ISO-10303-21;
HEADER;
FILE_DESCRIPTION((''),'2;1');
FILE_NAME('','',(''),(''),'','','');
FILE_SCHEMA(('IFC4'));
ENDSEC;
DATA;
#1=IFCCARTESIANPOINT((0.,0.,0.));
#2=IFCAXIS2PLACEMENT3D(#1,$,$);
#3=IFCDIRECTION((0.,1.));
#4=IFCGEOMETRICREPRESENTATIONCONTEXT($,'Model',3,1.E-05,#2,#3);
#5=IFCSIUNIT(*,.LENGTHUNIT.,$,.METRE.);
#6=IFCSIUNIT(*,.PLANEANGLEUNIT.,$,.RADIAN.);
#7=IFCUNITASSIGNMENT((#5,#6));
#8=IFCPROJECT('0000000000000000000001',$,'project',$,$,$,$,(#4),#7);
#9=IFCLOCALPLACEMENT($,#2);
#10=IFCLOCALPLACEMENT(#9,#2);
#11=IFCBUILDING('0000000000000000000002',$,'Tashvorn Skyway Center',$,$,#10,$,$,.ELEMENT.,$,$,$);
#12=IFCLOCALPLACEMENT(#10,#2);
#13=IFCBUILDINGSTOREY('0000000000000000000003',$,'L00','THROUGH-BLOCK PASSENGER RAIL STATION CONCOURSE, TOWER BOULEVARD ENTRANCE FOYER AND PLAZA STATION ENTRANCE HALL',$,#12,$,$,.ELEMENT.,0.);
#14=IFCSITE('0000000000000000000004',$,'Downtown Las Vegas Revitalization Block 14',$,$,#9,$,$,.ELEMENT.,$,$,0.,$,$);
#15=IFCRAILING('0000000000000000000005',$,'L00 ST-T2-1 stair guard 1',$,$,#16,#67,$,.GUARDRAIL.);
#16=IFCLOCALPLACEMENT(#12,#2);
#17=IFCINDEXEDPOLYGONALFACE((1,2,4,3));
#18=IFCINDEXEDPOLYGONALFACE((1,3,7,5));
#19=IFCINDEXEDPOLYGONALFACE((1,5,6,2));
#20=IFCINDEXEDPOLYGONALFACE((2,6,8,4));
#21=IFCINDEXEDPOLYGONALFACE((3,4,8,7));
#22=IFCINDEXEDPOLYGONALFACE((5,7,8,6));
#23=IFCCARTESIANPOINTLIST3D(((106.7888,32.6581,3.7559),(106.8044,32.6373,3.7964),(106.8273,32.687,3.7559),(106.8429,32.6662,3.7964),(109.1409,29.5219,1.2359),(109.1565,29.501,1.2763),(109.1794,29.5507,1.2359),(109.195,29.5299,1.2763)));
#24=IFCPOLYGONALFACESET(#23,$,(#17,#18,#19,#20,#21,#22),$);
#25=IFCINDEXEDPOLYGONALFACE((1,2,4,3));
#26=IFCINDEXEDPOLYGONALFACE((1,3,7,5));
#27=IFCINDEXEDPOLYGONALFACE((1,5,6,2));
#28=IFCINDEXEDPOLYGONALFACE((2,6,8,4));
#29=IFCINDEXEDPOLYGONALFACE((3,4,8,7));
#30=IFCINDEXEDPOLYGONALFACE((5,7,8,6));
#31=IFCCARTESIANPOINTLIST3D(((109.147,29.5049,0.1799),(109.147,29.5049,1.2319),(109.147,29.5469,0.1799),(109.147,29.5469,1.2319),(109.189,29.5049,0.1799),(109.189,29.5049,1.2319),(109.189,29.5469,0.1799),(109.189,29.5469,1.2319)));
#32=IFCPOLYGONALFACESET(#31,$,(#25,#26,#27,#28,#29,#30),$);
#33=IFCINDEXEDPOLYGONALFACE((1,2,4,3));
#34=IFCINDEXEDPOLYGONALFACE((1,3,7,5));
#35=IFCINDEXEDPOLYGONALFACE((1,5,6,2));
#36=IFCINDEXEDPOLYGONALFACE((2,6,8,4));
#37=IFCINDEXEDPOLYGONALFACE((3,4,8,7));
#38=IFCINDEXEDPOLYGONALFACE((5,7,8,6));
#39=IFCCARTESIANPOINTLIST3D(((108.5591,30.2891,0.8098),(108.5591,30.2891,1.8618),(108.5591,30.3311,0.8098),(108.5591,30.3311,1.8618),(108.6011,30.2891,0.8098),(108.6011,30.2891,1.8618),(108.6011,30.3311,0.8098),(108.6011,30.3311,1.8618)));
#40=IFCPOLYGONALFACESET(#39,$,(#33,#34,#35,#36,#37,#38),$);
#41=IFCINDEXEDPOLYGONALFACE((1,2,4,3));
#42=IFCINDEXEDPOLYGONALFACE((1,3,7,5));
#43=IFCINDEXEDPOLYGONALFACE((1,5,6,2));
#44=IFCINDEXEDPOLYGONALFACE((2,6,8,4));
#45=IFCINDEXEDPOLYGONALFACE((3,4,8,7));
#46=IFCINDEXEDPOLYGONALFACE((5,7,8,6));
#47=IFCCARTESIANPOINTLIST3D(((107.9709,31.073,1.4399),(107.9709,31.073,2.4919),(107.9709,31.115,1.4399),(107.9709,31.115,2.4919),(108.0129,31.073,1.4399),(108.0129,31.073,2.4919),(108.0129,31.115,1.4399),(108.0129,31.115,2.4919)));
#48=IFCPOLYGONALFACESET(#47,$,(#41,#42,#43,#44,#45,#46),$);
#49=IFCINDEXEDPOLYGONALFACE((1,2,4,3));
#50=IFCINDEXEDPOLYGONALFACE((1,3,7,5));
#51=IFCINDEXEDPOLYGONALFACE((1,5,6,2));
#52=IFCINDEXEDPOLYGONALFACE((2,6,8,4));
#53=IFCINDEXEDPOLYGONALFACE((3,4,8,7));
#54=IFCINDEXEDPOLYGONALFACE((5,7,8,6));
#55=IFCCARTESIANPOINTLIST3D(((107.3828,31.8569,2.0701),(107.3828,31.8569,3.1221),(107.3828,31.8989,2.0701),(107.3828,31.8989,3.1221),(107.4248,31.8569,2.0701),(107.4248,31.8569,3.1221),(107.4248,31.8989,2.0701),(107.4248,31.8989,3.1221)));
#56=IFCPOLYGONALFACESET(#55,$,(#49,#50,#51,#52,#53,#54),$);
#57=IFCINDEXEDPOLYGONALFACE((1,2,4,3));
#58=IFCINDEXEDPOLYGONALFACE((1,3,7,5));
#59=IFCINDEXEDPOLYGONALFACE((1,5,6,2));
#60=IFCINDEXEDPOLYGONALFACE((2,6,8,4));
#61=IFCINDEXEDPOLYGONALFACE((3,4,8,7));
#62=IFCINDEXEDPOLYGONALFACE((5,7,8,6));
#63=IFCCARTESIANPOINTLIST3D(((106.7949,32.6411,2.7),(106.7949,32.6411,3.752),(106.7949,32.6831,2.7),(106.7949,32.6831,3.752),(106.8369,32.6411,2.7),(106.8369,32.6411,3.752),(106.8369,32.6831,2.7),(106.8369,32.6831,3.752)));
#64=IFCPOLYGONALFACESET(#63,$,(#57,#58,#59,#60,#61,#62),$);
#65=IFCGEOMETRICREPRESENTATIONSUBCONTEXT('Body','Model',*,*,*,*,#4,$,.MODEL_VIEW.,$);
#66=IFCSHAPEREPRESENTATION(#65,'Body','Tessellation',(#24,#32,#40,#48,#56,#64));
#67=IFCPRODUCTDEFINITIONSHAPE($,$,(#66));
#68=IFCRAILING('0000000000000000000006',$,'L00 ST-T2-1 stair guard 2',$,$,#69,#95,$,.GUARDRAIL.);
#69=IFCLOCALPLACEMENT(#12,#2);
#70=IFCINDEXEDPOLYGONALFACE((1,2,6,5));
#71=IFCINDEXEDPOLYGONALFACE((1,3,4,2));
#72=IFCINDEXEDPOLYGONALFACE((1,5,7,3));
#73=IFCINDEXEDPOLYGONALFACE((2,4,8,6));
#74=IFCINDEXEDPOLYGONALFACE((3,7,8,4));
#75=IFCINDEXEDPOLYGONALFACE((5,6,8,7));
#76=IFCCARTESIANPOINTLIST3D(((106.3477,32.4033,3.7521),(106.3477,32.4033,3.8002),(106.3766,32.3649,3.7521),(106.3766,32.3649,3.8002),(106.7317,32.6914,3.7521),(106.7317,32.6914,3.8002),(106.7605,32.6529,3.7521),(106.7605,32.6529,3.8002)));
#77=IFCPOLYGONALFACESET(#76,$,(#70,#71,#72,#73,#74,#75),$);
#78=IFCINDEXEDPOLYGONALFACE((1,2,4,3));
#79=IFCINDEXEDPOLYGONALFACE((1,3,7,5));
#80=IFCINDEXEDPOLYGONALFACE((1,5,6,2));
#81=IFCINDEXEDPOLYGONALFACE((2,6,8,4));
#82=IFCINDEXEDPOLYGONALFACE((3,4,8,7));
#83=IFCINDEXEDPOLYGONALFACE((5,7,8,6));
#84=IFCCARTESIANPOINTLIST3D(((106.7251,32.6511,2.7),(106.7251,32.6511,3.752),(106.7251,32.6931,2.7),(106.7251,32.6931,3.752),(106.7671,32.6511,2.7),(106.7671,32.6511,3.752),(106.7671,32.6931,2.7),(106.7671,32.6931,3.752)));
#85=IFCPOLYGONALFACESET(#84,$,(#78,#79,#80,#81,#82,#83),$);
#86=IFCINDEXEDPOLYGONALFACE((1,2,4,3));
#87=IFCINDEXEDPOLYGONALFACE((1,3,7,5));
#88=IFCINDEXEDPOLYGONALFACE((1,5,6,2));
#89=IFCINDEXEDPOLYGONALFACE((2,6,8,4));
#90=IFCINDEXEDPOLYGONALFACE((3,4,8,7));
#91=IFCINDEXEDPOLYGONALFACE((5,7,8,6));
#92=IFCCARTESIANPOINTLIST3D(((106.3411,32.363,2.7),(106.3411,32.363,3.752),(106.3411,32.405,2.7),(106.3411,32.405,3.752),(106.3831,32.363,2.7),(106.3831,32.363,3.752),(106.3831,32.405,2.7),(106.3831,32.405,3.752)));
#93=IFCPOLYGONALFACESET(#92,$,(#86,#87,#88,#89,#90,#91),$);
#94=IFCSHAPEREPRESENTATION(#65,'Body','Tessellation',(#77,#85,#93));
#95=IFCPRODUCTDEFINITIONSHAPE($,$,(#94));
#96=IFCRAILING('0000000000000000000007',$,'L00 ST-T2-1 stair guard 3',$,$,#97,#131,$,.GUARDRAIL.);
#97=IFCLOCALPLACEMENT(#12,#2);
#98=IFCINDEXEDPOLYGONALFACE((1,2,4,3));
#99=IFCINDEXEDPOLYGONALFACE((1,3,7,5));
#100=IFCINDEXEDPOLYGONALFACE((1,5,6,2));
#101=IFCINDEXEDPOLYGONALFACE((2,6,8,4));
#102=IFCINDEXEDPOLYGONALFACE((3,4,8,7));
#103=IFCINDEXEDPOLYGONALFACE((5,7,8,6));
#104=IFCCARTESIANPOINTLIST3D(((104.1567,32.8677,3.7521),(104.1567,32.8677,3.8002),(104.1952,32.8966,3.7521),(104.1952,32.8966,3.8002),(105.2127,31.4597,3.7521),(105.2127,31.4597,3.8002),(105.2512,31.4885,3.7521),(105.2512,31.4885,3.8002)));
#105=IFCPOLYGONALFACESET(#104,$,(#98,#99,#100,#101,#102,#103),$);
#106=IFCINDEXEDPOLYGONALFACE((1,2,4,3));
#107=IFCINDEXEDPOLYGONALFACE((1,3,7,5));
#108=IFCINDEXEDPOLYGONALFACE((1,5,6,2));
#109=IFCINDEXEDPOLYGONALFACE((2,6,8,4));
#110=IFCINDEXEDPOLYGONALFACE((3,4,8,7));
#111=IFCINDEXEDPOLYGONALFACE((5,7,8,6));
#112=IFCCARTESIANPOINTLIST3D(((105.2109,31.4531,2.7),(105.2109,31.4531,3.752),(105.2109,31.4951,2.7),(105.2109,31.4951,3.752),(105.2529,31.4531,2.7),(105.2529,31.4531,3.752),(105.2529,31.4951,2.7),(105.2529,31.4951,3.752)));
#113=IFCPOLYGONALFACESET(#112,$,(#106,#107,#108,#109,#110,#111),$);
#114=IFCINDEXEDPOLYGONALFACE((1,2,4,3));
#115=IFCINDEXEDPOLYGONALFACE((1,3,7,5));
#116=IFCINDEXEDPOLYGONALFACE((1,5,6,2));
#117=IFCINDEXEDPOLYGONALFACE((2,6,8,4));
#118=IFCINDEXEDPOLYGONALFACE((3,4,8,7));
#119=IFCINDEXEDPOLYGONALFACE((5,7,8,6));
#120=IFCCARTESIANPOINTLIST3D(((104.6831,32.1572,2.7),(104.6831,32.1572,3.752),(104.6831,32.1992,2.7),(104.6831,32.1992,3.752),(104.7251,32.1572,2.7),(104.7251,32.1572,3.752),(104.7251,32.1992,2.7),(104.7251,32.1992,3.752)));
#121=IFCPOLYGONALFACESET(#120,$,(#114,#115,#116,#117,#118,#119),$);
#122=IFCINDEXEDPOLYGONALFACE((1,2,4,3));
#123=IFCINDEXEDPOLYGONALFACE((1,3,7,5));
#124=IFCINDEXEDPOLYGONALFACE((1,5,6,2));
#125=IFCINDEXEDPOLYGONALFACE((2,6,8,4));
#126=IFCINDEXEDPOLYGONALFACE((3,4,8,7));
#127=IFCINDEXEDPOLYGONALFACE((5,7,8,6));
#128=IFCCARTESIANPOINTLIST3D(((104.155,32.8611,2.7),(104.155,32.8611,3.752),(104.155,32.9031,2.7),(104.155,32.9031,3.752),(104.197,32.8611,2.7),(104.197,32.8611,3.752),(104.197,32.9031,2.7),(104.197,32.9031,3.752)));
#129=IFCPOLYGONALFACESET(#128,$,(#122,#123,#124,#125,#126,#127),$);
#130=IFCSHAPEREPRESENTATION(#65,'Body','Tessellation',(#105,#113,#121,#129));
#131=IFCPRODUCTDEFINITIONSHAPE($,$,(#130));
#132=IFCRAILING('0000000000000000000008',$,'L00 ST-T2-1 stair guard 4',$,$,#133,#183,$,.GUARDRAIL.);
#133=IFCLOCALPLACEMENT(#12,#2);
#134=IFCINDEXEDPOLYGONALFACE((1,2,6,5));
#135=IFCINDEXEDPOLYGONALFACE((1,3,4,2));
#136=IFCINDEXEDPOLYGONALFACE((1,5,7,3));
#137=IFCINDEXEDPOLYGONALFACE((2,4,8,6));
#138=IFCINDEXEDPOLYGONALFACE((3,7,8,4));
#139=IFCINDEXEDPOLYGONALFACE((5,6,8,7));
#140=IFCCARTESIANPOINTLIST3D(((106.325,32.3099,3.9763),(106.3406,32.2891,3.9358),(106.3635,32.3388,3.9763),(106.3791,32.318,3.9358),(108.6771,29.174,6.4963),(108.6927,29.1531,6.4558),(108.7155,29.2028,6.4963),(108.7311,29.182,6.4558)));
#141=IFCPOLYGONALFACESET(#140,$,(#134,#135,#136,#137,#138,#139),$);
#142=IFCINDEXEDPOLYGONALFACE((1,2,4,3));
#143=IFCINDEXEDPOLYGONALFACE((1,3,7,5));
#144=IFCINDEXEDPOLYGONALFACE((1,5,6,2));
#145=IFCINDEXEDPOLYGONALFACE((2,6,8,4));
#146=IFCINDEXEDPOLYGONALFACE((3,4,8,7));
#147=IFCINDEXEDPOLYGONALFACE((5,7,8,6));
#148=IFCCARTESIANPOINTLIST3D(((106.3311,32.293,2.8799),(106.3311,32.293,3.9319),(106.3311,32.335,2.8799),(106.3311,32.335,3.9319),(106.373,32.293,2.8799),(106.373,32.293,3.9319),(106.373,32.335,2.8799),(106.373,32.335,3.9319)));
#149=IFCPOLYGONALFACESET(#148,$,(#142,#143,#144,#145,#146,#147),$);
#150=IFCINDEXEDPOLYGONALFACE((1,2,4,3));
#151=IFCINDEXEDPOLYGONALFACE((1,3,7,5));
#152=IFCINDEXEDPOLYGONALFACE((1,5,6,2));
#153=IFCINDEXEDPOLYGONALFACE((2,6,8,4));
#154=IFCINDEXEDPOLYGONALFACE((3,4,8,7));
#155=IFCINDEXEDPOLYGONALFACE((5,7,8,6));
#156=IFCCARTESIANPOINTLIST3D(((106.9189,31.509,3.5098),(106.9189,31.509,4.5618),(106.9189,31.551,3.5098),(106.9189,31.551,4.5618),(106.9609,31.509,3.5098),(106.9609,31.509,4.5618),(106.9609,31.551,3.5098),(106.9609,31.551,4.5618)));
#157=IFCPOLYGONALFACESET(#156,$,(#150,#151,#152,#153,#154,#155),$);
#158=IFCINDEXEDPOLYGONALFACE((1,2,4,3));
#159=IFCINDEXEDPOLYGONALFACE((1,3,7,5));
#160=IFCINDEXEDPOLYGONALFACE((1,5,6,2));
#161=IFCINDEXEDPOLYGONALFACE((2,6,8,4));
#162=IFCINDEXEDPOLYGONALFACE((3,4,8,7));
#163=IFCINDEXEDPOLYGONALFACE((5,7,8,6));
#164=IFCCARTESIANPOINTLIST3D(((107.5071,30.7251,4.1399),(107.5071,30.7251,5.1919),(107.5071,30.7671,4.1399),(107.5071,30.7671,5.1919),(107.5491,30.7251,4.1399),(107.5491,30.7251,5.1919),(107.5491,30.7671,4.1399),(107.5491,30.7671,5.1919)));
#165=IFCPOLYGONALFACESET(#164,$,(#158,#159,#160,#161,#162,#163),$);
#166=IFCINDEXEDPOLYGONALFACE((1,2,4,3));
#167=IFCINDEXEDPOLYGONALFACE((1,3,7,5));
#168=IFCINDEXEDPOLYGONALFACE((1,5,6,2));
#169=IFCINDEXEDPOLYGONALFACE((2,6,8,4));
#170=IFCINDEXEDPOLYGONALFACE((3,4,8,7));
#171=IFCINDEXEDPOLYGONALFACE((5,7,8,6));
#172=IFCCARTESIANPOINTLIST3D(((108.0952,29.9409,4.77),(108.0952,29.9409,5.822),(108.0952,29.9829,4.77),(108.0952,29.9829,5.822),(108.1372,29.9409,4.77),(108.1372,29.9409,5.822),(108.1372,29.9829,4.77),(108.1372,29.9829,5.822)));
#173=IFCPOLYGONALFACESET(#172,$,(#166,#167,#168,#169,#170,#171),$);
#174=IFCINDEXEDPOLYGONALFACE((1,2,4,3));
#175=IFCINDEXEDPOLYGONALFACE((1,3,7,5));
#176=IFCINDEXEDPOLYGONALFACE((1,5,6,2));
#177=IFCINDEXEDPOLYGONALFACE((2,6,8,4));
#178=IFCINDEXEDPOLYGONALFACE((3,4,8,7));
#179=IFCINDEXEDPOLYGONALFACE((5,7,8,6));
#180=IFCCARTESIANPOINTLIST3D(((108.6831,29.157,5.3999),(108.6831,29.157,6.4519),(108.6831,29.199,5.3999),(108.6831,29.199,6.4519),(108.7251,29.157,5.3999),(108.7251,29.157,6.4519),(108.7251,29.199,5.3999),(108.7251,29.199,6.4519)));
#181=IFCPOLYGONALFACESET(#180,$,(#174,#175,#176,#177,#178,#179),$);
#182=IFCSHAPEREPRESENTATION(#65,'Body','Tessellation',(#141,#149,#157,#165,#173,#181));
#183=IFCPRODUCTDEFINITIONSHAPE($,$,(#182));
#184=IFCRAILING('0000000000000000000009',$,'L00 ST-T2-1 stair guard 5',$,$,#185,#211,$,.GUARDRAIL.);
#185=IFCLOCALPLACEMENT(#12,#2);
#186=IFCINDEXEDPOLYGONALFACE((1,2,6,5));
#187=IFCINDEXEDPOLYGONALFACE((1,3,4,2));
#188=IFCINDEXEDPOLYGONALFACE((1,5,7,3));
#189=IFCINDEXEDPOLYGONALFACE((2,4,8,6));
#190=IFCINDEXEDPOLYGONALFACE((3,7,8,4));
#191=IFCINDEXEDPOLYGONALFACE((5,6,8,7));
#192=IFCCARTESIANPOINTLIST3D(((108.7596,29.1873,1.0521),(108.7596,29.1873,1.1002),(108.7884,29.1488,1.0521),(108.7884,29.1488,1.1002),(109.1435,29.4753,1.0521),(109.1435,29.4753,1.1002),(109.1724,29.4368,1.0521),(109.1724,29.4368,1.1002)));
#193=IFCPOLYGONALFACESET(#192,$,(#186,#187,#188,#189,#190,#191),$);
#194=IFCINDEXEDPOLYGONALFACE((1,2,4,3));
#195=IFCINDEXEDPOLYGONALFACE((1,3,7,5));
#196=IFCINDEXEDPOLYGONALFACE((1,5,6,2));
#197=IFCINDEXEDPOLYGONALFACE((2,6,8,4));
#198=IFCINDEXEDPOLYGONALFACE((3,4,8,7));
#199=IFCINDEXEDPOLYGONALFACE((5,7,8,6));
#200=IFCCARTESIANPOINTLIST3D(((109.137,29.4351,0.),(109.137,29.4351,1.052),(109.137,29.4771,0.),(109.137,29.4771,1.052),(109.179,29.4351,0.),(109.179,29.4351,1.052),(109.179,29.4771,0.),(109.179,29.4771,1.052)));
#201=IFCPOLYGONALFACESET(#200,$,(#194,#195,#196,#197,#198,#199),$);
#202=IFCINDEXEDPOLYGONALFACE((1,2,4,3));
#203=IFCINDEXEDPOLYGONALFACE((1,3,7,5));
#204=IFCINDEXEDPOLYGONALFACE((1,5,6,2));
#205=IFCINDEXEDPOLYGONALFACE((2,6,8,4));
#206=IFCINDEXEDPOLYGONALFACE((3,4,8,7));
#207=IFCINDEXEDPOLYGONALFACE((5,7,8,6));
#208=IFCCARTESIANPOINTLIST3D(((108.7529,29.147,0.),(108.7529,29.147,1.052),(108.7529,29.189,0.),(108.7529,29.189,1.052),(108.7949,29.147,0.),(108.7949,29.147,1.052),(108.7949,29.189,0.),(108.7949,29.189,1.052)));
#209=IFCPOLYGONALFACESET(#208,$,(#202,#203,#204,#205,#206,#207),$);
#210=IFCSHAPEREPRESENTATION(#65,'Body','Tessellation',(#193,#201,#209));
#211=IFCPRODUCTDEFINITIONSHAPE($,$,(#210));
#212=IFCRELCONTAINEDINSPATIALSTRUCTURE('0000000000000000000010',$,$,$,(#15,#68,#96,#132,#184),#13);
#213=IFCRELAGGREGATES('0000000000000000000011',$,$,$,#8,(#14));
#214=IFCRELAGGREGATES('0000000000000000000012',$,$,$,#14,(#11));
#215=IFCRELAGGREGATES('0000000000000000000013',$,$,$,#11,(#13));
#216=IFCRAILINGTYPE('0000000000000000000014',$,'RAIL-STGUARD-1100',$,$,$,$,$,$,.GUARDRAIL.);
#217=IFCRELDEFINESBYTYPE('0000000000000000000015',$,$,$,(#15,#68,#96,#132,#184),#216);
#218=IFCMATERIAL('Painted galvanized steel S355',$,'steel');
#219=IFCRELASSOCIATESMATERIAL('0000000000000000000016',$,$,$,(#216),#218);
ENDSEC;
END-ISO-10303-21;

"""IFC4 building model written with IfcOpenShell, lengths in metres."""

from ifc_helpers import new_model, si_unit, direction, frame, origin, origin_2d, place, context, subcontext, project, spatial, rectangle, extrude, material, type_object, element, save


model = new_model("IFC4")

# Units and contexts
model_context = context("Model", 3, precision=1e-05, world=origin(), true_north=direction((0.0, 1.0)))
body_context = subcontext(model_context, "Body", "Model", "MODEL_VIEW")
ifc_project = project(units=[si_unit("LENGTHUNIT", "METRE"), si_unit("PLANEANGLEUNIT", "RADIAN")], contexts=[model_context])

# Site, building, storey
site_placement = place(None, origin())
site = spatial("IfcSite", under=ifc_project, at=site_placement, Name="Downtown Las Vegas Revitalization Block 14", CompositionType="ELEMENT", RefElevation=0.0)
building_placement = place(site_placement, origin())
building = spatial("IfcBuilding", under=site, at=building_placement, Name="Tashvorn Skyway Center", CompositionType="ELEMENT")
storey_placement = place(building_placement, origin())
storey = spatial("IfcBuildingStorey", under=building, at=storey_placement, Name="L00", Description="THROUGH-BLOCK PASSENGER RAIL STATION CONCOURSE, TOWER BOULEVARD ENTRANCE FOYER AND PLAZA STATION ENTRANCE HALL", CompositionType="ELEMENT", Elevation=0.0)

# Railings
ifc_material_1 = material(Name="Painted galvanized steel S355", Category="steel")
railing_type_1 = type_object("IfcRailingType", Name="RAIL-STGUARD-1100", PredefinedType="GUARDRAIL", material=ifc_material_1)
railing_1_placement = place(storey_placement, frame((109.168, 29.5259, 0.1799)))
element("IfcRailing", 1, at=railing_1_placement, inside=storey, type_object=railing_type_1, Name="L00 ST-T2-1 stair guard 1", PredefinedType="GUARDRAIL", context=body_context, shape_type="SweptSolid", body=[
    extrude(rectangle(XDim=0.0481, YDim=0.0481, at=origin_2d()), frame((0.0, 0.0, 1.0762), z_axis=(-0.504697, 0.672965, 0.54074), x_axis=(-0.800015, -0.59998, 0.0)), (0.0, 0.0, 1.0), 4.6604),
    extrude(rectangle(XDim=0.042, YDim=0.042, at=origin_2d()), origin(), (0.0, 0.0, 1.0), 1.052),
    extrude(rectangle(XDim=0.042, YDim=0.042, at=origin_2d()), frame((-0.5879, 0.7842, 0.6299)), (0.0, 0.0, 1.0), 1.052),
    extrude(rectangle(XDim=0.042, YDim=0.042, at=origin_2d()), frame((-1.176, 1.5681, 1.26)), (0.0, 0.0, 1.0), 1.052),
    extrude(rectangle(XDim=0.042, YDim=0.042, at=origin_2d()), frame((-1.7642, 2.3521, 1.8901)), (0.0, 0.0, 1.0), 1.052),
    extrude(rectangle(XDim=0.042, YDim=0.042, at=origin_2d()), frame((-2.3521, 3.1362, 2.52)), (0.0, 0.0, 1.0), 1.052),
])
railing_2_placement = place(storey_placement, frame((106.7461, 32.6721, 2.7)))
element("IfcRailing", 2, at=railing_2_placement, inside=storey, type_object=railing_type_1, Name="L00 ST-T2-1 stair guard 2", PredefinedType="GUARDRAIL", context=body_context, shape_type="SweptSolid", body=[
    extrude(rectangle(XDim=0.0481, YDim=0.0481, at=origin_2d()), frame((0.0, 0.0, 1.0762), z_axis=(-0.799939, -0.600081, 0.0), x_axis=(0.600081, -0.799939, 0.0)), (0.0, 0.0, 1.0), 0.48),
    extrude(rectangle(XDim=0.042, YDim=0.042, at=origin_2d()), origin(), (0.0, 0.0, 1.0), 1.052),
    extrude(rectangle(XDim=0.042, YDim=0.042, at=origin_2d()), frame((-0.384, -0.2881, 0.0)), (0.0, 0.0, 1.0), 1.052),
])
railing_3_placement = place(storey_placement, frame((105.2319, 31.4741, 2.7)))
element("IfcRailing", 3, at=railing_3_placement, inside=storey, type_object=railing_type_1, Name="L00 ST-T2-1 stair guard 3", PredefinedType="GUARDRAIL", context=body_context, shape_type="SweptSolid", body=[
    extrude(rectangle(XDim=0.0481, YDim=0.0481, at=origin_2d()), frame((0.0, 0.0, 1.0762), z_axis=(-0.599978, 0.800017, 0.0), x_axis=(-0.800017, -0.599978, 0.0)), (0.0, 0.0, 1.0), 1.76),
    extrude(rectangle(XDim=0.042, YDim=0.042, at=origin_2d()), origin(), (0.0, 0.0, 1.0), 1.052),
    extrude(rectangle(XDim=0.042, YDim=0.042, at=origin_2d()), frame((-0.5278, 0.7041, 0.0)), (0.0, 0.0, 1.0), 1.052),
    extrude(rectangle(XDim=0.042, YDim=0.042, at=origin_2d()), frame((-1.0559, 1.408, 0.0)), (0.0, 0.0, 1.0), 1.052),
])
railing_4_placement = place(storey_placement, frame((106.3521, 32.314, 2.8799)))
element("IfcRailing", 4, at=railing_4_placement, inside=storey, type_object=railing_type_1, Name="L00 ST-T2-1 stair guard 4", PredefinedType="GUARDRAIL", context=body_context, shape_type="SweptSolid", body=[
    extrude(rectangle(XDim=0.0481, YDim=0.0481, at=origin_2d()), frame((0.0, 0.0, 1.0762), z_axis=(0.504715, -0.672936, 0.540759), x_axis=(0.799993, 0.60001, 0.0)), (0.0, 0.0, 1.0), 4.6602),
    extrude(rectangle(XDim=0.042, YDim=0.042, at=origin_2d()), origin(), (0.0, 0.0, 1.0), 1.052),
    extrude(rectangle(XDim=0.042, YDim=0.042, at=origin_2d()), frame((0.5879, -0.7839, 0.6299)), (0.0, 0.0, 1.0), 1.052),
    extrude(rectangle(XDim=0.042, YDim=0.042, at=origin_2d()), frame((1.176, -1.5679, 1.26)), (0.0, 0.0, 1.0), 1.052),
    extrude(rectangle(XDim=0.042, YDim=0.042, at=origin_2d()), frame((1.7642, -2.3521, 1.8901)), (0.0, 0.0, 1.0), 1.052),
    extrude(rectangle(XDim=0.042, YDim=0.042, at=origin_2d()), frame((2.3521, -3.136, 2.52)), (0.0, 0.0, 1.0), 1.052),
])
railing_5_placement = place(storey_placement, frame((109.158, 29.4561, 0.0)))
element("IfcRailing", 5, at=railing_5_placement, inside=storey, type_object=railing_type_1, Name="L00 ST-T2-1 stair guard 5", PredefinedType="GUARDRAIL", context=body_context, shape_type="SweptSolid", body=[
    extrude(rectangle(XDim=0.0481, YDim=0.0481, at=origin_2d()), frame((0.0, 0.0, 1.0762), z_axis=(-0.799939, -0.600081, 0.0), x_axis=(0.600081, -0.799939, 0.0)), (0.0, 0.0, 1.0), 0.48),
    extrude(rectangle(XDim=0.042, YDim=0.042, at=origin_2d()), origin(), (0.0, 0.0, 1.0), 1.052),
    extrude(rectangle(XDim=0.042, YDim=0.042, at=origin_2d()), frame((-0.384, -0.2881, 0.0)), (0.0, 0.0, 1.0), 1.052),
])

save(model, "model.ifc")
